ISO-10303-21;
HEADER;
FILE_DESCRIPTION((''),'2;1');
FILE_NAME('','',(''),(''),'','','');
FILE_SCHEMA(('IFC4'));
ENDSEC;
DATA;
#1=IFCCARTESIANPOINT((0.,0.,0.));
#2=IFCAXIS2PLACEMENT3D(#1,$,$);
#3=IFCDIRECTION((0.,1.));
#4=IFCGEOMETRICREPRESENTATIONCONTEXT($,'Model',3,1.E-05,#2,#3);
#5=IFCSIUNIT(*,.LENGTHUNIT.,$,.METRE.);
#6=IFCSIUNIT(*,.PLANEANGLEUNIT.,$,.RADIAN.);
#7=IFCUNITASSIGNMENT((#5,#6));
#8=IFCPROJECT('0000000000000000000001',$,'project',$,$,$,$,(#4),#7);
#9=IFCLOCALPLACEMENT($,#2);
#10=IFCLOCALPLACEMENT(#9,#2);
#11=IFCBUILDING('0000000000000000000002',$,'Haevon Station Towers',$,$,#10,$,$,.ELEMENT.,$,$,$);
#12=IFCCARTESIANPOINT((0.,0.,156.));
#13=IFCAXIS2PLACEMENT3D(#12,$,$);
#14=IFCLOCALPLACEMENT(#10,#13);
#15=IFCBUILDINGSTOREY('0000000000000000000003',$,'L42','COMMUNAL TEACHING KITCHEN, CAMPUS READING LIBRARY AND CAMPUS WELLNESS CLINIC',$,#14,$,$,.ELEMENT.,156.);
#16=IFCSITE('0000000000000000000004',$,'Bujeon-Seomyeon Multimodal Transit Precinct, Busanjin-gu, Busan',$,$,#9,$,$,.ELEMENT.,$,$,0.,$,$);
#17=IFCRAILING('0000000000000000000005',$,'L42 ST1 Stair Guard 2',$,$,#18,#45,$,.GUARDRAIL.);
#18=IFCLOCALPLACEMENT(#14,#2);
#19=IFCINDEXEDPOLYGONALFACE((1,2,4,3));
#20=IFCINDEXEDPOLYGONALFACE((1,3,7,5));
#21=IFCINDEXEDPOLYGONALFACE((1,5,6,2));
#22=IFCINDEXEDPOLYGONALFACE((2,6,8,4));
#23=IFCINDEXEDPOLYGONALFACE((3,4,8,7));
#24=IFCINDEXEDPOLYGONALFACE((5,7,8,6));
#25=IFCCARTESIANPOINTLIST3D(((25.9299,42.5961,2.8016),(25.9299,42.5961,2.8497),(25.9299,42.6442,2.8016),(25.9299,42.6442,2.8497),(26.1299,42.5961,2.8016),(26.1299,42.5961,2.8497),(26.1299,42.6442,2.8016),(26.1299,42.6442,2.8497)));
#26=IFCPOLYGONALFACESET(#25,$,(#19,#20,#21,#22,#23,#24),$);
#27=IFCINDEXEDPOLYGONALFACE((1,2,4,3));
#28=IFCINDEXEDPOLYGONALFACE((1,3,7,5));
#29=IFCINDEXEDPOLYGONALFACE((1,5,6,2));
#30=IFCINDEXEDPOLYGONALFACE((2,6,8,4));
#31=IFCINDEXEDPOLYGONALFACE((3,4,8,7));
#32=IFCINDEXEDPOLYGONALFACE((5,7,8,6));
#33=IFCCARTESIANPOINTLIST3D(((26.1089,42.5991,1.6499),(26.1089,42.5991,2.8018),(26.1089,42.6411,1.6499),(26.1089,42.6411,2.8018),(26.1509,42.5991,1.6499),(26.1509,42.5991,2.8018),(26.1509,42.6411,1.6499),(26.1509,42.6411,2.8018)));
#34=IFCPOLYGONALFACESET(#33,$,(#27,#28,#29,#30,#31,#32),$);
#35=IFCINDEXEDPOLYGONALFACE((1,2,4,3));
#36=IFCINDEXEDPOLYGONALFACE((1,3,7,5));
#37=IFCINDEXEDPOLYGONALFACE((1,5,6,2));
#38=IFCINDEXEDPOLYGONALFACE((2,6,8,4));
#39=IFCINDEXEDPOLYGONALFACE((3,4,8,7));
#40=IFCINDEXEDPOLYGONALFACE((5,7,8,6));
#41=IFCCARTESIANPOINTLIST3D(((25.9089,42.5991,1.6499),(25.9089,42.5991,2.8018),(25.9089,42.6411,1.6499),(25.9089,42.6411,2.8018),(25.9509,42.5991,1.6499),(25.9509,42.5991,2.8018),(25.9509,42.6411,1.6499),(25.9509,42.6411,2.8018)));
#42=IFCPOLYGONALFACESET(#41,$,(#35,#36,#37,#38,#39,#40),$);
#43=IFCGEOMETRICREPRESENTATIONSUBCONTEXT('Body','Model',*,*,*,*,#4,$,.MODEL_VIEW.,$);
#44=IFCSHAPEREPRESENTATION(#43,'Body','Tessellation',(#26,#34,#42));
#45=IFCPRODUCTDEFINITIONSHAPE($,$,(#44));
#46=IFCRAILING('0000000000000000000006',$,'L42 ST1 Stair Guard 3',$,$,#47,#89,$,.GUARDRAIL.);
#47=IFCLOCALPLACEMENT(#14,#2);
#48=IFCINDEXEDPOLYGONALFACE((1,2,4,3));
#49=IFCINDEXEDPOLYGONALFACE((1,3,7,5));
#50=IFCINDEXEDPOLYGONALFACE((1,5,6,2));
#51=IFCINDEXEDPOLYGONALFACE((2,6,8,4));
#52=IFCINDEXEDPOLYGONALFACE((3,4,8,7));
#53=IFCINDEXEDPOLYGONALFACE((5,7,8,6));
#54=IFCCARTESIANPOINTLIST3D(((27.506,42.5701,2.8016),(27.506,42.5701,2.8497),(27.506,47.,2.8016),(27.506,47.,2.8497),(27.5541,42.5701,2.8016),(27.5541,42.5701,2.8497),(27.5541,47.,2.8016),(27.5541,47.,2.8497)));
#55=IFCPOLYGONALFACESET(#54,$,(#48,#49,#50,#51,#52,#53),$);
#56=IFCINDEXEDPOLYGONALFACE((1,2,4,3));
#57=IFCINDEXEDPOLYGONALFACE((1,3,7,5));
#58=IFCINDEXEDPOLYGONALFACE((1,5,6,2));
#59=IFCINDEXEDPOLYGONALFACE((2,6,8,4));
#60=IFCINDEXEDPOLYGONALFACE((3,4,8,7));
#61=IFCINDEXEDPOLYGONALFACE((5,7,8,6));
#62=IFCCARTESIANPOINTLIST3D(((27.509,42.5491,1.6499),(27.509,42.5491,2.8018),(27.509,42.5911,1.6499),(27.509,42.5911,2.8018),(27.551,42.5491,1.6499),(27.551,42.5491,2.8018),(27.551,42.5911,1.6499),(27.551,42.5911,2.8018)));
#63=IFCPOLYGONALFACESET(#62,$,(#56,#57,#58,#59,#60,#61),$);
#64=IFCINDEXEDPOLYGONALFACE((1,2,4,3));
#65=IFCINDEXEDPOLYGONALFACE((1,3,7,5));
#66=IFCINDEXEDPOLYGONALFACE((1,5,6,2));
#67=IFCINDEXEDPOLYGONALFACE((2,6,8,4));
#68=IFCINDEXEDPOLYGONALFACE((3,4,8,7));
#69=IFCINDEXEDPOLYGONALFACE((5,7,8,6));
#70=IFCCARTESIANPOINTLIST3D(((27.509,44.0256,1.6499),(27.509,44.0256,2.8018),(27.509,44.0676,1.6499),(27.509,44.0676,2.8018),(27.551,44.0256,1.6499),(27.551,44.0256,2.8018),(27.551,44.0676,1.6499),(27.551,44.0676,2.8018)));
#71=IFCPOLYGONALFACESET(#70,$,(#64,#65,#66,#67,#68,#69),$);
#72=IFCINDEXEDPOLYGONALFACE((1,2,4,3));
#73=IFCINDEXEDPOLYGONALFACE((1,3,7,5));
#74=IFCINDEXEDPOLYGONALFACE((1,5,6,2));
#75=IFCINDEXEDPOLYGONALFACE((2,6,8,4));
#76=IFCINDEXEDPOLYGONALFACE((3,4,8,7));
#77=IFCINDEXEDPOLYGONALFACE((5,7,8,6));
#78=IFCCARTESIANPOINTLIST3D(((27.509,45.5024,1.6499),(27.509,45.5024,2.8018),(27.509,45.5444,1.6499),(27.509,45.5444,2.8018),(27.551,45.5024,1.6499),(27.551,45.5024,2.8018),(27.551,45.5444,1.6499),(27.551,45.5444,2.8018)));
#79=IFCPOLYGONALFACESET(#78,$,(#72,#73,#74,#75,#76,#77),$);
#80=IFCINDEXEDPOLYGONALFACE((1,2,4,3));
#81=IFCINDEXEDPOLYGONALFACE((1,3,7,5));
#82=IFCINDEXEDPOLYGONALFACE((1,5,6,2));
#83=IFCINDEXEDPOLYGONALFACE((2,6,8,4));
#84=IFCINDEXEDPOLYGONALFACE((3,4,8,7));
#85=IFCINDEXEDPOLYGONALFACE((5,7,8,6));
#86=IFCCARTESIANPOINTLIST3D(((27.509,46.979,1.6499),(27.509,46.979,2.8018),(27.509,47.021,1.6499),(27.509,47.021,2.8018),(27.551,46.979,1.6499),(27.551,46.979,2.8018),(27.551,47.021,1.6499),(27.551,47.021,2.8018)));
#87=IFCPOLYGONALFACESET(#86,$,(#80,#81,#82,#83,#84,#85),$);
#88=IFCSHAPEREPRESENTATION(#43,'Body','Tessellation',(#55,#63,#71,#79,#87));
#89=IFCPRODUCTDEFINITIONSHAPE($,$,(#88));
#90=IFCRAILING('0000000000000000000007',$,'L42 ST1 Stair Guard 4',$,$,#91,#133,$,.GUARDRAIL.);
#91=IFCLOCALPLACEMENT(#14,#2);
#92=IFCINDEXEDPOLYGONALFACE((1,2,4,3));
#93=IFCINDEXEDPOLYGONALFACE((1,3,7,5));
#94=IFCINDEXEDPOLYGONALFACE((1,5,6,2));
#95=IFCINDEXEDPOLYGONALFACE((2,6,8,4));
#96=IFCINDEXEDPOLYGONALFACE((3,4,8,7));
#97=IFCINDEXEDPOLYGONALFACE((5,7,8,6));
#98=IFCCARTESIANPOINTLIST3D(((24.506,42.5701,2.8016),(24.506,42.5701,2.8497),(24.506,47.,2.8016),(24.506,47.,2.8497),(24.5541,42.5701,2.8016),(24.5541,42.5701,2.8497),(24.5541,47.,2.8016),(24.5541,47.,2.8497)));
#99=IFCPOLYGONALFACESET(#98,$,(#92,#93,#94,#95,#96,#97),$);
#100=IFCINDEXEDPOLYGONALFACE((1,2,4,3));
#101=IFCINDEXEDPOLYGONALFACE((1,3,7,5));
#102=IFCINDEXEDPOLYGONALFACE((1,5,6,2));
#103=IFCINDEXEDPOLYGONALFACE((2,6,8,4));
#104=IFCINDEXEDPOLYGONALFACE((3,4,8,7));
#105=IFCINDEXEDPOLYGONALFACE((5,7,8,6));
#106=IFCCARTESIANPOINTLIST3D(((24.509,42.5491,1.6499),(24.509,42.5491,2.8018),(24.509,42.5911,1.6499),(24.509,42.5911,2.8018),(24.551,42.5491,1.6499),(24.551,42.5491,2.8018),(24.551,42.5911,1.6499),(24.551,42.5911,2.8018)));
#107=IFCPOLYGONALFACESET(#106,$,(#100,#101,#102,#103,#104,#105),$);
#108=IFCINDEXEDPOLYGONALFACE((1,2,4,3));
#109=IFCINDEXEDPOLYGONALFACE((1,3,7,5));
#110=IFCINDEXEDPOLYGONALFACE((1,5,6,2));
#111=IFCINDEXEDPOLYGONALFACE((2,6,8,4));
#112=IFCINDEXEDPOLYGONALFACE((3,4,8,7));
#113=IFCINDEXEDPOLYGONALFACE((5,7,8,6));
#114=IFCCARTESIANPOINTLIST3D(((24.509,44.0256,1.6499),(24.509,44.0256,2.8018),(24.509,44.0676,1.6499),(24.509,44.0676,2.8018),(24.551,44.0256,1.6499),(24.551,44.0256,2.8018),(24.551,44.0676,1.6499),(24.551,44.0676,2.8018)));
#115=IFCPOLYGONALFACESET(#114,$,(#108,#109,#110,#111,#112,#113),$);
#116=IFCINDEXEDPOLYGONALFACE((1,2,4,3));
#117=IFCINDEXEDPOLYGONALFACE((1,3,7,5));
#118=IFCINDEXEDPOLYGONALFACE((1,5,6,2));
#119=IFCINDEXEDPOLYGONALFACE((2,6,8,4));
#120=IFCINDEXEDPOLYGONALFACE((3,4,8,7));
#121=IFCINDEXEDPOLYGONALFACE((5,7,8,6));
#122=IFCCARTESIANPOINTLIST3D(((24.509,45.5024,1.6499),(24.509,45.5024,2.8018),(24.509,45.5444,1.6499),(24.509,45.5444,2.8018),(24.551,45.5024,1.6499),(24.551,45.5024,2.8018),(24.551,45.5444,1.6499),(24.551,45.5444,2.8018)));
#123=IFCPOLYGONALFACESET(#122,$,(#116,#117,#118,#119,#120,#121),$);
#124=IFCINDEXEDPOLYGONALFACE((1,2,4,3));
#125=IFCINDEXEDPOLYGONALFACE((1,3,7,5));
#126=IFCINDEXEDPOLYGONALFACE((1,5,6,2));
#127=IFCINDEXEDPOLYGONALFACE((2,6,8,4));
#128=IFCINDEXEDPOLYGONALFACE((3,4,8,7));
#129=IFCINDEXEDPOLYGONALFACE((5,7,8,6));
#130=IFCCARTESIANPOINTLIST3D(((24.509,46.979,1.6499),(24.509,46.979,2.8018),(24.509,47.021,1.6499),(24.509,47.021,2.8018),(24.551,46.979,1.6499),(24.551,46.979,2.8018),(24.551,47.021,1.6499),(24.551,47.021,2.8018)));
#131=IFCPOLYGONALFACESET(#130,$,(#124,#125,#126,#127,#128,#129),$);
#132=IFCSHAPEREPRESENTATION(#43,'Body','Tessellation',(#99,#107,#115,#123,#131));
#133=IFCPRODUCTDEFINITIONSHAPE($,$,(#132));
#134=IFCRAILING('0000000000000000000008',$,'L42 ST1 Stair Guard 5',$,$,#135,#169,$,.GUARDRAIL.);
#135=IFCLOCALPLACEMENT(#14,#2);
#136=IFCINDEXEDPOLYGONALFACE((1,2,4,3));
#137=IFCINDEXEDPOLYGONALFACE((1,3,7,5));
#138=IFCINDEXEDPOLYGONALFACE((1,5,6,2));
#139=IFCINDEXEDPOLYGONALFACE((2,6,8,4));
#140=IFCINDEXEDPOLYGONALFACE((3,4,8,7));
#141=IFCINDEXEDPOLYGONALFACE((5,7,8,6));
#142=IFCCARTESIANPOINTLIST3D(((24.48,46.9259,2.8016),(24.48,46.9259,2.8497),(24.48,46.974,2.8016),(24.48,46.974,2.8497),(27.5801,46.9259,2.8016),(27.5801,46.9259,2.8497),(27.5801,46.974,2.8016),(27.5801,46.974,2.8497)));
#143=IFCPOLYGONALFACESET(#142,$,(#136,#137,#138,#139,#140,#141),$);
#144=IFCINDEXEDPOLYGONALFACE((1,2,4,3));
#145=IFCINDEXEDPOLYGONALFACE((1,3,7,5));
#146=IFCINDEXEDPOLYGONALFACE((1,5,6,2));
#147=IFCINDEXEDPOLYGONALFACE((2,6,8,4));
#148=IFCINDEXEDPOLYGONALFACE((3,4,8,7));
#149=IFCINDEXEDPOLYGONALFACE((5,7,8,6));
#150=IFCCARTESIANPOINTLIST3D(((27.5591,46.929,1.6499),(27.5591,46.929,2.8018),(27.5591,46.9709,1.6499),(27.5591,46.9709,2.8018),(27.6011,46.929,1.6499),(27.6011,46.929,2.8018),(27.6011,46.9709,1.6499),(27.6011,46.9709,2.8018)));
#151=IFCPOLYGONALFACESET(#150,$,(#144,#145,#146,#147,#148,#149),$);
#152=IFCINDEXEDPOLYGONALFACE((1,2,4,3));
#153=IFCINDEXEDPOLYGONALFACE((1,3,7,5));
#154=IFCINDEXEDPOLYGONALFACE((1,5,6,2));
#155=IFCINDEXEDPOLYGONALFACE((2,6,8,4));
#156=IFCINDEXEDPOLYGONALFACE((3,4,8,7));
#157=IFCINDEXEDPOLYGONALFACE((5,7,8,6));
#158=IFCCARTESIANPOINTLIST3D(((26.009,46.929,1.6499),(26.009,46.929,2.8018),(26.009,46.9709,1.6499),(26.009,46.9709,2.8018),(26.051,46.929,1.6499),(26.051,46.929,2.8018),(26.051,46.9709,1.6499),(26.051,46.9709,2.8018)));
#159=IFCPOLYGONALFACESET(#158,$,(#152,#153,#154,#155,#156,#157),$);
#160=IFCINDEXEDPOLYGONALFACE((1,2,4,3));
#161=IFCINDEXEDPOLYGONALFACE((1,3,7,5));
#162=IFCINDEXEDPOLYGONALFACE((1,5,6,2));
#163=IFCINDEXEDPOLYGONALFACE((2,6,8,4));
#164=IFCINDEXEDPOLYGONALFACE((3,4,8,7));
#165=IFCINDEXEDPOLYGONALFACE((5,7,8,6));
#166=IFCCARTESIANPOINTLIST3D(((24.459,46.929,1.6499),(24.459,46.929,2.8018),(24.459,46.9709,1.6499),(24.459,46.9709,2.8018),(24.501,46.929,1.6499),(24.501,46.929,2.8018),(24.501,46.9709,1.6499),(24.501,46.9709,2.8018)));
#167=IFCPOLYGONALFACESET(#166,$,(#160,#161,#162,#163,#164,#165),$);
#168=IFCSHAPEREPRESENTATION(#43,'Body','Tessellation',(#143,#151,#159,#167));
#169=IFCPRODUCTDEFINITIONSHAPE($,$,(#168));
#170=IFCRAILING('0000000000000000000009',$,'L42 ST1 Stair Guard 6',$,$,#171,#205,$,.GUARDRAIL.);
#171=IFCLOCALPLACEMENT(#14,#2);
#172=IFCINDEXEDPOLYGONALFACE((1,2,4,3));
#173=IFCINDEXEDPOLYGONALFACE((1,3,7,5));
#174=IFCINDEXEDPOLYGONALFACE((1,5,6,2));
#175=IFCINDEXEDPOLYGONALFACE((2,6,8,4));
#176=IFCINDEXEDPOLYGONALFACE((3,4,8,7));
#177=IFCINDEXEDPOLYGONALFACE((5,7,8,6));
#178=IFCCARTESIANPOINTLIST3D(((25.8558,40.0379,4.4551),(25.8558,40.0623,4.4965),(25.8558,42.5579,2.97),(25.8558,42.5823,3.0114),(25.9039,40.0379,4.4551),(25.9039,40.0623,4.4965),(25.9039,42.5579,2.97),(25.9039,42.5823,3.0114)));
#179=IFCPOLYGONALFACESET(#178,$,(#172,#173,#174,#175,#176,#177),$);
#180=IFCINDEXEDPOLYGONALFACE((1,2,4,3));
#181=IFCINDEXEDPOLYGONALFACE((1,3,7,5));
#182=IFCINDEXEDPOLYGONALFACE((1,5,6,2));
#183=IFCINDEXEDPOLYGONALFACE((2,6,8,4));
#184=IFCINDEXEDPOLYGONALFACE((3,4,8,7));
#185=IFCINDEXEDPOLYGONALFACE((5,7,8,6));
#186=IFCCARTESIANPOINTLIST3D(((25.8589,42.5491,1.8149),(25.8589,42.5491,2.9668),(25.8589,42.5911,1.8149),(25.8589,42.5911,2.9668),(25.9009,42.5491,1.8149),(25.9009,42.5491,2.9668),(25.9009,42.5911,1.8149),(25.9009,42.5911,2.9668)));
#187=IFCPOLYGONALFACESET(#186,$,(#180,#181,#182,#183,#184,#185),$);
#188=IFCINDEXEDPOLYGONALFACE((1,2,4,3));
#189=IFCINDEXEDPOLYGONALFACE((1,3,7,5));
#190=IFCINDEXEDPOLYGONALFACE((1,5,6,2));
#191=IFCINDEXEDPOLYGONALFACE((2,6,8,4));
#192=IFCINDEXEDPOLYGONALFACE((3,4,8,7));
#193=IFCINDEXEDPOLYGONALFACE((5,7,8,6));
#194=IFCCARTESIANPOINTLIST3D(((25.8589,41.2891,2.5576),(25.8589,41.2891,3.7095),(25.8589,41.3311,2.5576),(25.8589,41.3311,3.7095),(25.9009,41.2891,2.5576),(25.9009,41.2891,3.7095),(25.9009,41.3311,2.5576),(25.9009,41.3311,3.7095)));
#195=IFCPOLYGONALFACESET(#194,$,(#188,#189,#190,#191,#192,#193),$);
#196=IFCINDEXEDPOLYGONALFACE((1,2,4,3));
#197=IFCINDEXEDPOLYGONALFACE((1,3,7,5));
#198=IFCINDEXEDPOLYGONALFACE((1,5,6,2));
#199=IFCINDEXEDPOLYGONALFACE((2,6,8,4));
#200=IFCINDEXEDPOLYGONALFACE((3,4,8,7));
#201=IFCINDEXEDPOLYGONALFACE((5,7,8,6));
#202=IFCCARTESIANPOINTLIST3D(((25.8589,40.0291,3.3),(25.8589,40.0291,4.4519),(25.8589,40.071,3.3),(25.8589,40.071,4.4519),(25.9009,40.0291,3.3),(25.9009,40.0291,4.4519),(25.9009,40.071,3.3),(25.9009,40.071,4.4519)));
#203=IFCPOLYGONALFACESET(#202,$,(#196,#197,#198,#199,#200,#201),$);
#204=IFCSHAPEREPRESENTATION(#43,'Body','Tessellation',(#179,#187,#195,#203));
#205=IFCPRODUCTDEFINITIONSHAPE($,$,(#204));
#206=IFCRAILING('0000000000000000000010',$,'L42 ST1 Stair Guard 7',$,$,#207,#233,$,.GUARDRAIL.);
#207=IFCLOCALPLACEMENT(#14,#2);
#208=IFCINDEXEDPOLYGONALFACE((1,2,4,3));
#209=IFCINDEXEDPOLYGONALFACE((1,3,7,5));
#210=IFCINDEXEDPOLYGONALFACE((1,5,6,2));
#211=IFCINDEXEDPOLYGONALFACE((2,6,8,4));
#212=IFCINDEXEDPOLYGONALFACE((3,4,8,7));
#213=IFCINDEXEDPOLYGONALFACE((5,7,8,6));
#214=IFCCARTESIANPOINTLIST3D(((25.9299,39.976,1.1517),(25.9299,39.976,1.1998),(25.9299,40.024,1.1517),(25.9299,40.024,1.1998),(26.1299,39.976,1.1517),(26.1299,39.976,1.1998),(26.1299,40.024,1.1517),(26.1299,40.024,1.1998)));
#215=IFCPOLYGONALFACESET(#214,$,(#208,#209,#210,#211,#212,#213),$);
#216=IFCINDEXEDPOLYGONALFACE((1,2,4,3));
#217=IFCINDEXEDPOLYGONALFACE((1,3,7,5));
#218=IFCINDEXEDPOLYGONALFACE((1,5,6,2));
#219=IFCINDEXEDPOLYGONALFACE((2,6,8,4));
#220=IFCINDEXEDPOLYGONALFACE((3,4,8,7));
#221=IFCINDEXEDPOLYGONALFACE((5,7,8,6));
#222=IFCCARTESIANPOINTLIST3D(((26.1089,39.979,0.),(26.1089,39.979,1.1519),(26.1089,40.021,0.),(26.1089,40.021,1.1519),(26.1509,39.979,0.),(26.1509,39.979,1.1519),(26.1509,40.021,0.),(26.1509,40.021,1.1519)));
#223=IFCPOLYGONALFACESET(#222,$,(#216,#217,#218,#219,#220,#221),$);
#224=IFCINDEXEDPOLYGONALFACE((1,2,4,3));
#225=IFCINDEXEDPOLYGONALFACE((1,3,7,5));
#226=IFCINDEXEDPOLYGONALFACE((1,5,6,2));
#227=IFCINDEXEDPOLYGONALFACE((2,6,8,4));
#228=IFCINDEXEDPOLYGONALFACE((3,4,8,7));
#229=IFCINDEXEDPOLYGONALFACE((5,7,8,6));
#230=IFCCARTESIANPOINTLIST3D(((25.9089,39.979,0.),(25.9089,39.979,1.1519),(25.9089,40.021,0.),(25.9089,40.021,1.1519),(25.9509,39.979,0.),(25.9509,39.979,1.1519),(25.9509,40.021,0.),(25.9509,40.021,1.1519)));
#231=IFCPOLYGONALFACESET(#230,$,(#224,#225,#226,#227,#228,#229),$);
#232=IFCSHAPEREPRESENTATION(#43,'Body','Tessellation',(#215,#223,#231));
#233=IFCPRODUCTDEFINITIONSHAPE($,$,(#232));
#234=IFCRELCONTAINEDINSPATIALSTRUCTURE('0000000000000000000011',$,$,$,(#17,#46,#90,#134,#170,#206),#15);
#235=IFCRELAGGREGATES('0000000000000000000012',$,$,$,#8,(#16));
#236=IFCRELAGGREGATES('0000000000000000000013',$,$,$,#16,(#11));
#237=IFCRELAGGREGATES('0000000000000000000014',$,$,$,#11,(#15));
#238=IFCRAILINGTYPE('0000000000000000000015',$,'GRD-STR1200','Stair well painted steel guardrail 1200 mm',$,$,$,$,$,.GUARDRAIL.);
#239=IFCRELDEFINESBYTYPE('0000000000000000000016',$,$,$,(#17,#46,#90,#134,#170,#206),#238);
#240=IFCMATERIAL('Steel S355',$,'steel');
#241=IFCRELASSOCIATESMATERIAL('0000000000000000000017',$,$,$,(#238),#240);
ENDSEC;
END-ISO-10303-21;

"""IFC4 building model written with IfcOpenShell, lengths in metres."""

from ifc_helpers import new_model, si_unit, direction, frame, origin, origin_2d, place, context, subcontext, project, spatial, rectangle, extrude, material, type_object, element, save


model = new_model("IFC4")

# Units and contexts
model_context = context("Model", 3, precision=1e-05, world=origin(), true_north=direction((0.0, 1.0)))
body_context = subcontext(model_context, "Body", "Model", "MODEL_VIEW")
ifc_project = project(units=[si_unit("LENGTHUNIT", "METRE"), si_unit("PLANEANGLEUNIT", "RADIAN")], contexts=[model_context])

# Site, building, storey
site_placement = place(None, origin())
site = spatial("IfcSite", under=ifc_project, at=site_placement, Name="Bujeon-Seomyeon Multimodal Transit Precinct, Busanjin-gu, Busan", CompositionType="ELEMENT", RefElevation=0.0)
building_placement = place(site_placement, origin())
building = spatial("IfcBuilding", under=site, at=building_placement, Name="Haevon Station Towers", CompositionType="ELEMENT")
storey_placement = place(building_placement, frame((0.0, 0.0, 156.0)))
storey = spatial("IfcBuildingStorey", under=building, at=storey_placement, Name="L42", Description="COMMUNAL TEACHING KITCHEN, CAMPUS READING LIBRARY AND CAMPUS WELLNESS CLINIC", CompositionType="ELEMENT", Elevation=156.0)

# Shared definitions
ifc_material_1 = material(Name="Steel S355", Category="steel")

# Railings
railing_type_1 = type_object("IfcRailingType", Name="GRD-STR1200", Description="Stair well painted steel guardrail 1200 mm", PredefinedType="GUARDRAIL", material=ifc_material_1)
railing_1_placement = place(storey_placement, frame((26.1299, 42.6201, 1.6499)))
element("IfcRailing", 1, at=railing_1_placement, inside=storey, type_object=railing_type_1, Name="L42 ST1 Stair Guard 2", PredefinedType="GUARDRAIL", context=body_context, shape_type="SweptSolid", body=[
    extrude(rectangle(XDim=0.0481, YDim=0.0481, at=origin_2d()), frame((0.0, 0.0, 1.1758), z_axis=(-1.0, 0.0, 0.0), x_axis=(0.0, -1.0, 0.0)), (0.0, 0.0, 1.0), 0.2),
    extrude(rectangle(XDim=0.042, YDim=0.042, at=origin_2d()), origin(), (0.0, 0.0, 1.0), 1.1519),
    extrude(rectangle(XDim=0.042, YDim=0.042, at=origin_2d()), frame((-0.2, 0.0, 0.0)), (0.0, 0.0, 1.0), 1.1519),
])
for number, where, name in (
    (2, (27.53, 42.5701, 1.6499), "L42 ST1 Stair Guard 3"),
    (3, (24.53, 42.5701, 1.6499), "L42 ST1 Stair Guard 4"),
):
    element("IfcRailing", number, at=place(storey_placement, frame(where)), inside=storey, type_object=railing_type_1, Name=name, PredefinedType="GUARDRAIL", context=body_context, shape_type="SweptSolid", body=[
        extrude(rectangle(XDim=0.0481, YDim=0.0481, at=origin_2d()), frame((0.0, 0.0, 1.1758), z_axis=(0.0, 1.0, 0.0), x_axis=(-1.0, 0.0, 0.0)), (0.0, 0.0, 1.0), 4.4299),
        extrude(rectangle(XDim=0.042, YDim=0.042, at=origin_2d()), origin(), (0.0, 0.0, 1.0), 1.1519),
        extrude(rectangle(XDim=0.042, YDim=0.042, at=origin_2d()), frame((0.0, 1.4766, 0.0)), (0.0, 0.0, 1.0), 1.1519),
        extrude(rectangle(XDim=0.042, YDim=0.042, at=origin_2d()), frame((0.0, 2.9534, 0.0)), (0.0, 0.0, 1.0), 1.1519),
        extrude(rectangle(XDim=0.042, YDim=0.042, at=origin_2d()), frame((0.0, 4.4299, 0.0)), (0.0, 0.0, 1.0), 1.1519),
    ])
railing_2_placement = place(storey_placement, frame((27.5801, 46.95, 1.6499)))
element("IfcRailing", 4, at=railing_2_placement, inside=storey, type_object=railing_type_1, Name="L42 ST1 Stair Guard 5", PredefinedType="GUARDRAIL", context=body_context, shape_type="SweptSolid", body=[
    extrude(rectangle(XDim=0.0481, YDim=0.0481, at=origin_2d()), frame((0.0, 0.0, 1.1758), z_axis=(-1.0, 0.0, 0.0), x_axis=(0.0, -1.0, 0.0)), (0.0, 0.0, 1.0), 3.1001),
    extrude(rectangle(XDim=0.042, YDim=0.042, at=origin_2d()), origin(), (0.0, 0.0, 1.0), 1.1519),
    extrude(rectangle(XDim=0.042, YDim=0.042, at=origin_2d()), frame((-1.55, 0.0, 0.0)), (0.0, 0.0, 1.0), 1.1519),
    extrude(rectangle(XDim=0.042, YDim=0.042, at=origin_2d()), frame((-3.1001, 0.0, 0.0)), (0.0, 0.0, 1.0), 1.1519),
])
railing_3_placement = place(storey_placement, frame((25.8799, 42.5701, 1.8149)))
element("IfcRailing", 5, at=railing_3_placement, inside=storey, type_object=railing_type_1, Name="L42 ST1 Stair Guard 6", PredefinedType="GUARDRAIL", context=body_context, shape_type="SweptSolid", body=[
    extrude(rectangle(XDim=0.0481, YDim=0.0481, at=origin_2d()), frame((0.0, 0.0, 1.1758), z_axis=(0.0, -0.861524, 0.507717), x_axis=(1.0, 0.0, 0.0)), (0.0, 0.0, 1.0), 2.925),
    extrude(rectangle(XDim=0.042, YDim=0.042, at=origin_2d()), origin(), (0.0, 0.0, 1.0), 1.1519),
    extrude(rectangle(XDim=0.042, YDim=0.042, at=origin_2d()), frame((0.0, -1.26, 0.7427)), (0.0, 0.0, 1.0), 1.1519),
    extrude(rectangle(XDim=0.042, YDim=0.042, at=origin_2d()), frame((0.0, -2.52, 1.4851)), (0.0, 0.0, 1.0), 1.1519),
])
railing_4_placement = place(storey_placement, frame((26.1299, 40.0, 0.0)))
element("IfcRailing", 6, at=railing_4_placement, inside=storey, type_object=railing_type_1, Name="L42 ST1 Stair Guard 7", PredefinedType="GUARDRAIL", context=body_context, shape_type="SweptSolid", body=[
    extrude(rectangle(XDim=0.0481, YDim=0.0481, at=origin_2d()), frame((0.0, 0.0, 1.1758), z_axis=(-1.0, 0.0, 0.0), x_axis=(0.0, -1.0, 0.0)), (0.0, 0.0, 1.0), 0.2),
    extrude(rectangle(XDim=0.042, YDim=0.042, at=origin_2d()), origin(), (0.0, 0.0, 1.0), 1.1519),
    extrude(rectangle(XDim=0.042, YDim=0.042, at=origin_2d()), frame((-0.2, 0.0, 0.0)), (0.0, 0.0, 1.0), 1.1519),
])

save(model, "model.ifc")
